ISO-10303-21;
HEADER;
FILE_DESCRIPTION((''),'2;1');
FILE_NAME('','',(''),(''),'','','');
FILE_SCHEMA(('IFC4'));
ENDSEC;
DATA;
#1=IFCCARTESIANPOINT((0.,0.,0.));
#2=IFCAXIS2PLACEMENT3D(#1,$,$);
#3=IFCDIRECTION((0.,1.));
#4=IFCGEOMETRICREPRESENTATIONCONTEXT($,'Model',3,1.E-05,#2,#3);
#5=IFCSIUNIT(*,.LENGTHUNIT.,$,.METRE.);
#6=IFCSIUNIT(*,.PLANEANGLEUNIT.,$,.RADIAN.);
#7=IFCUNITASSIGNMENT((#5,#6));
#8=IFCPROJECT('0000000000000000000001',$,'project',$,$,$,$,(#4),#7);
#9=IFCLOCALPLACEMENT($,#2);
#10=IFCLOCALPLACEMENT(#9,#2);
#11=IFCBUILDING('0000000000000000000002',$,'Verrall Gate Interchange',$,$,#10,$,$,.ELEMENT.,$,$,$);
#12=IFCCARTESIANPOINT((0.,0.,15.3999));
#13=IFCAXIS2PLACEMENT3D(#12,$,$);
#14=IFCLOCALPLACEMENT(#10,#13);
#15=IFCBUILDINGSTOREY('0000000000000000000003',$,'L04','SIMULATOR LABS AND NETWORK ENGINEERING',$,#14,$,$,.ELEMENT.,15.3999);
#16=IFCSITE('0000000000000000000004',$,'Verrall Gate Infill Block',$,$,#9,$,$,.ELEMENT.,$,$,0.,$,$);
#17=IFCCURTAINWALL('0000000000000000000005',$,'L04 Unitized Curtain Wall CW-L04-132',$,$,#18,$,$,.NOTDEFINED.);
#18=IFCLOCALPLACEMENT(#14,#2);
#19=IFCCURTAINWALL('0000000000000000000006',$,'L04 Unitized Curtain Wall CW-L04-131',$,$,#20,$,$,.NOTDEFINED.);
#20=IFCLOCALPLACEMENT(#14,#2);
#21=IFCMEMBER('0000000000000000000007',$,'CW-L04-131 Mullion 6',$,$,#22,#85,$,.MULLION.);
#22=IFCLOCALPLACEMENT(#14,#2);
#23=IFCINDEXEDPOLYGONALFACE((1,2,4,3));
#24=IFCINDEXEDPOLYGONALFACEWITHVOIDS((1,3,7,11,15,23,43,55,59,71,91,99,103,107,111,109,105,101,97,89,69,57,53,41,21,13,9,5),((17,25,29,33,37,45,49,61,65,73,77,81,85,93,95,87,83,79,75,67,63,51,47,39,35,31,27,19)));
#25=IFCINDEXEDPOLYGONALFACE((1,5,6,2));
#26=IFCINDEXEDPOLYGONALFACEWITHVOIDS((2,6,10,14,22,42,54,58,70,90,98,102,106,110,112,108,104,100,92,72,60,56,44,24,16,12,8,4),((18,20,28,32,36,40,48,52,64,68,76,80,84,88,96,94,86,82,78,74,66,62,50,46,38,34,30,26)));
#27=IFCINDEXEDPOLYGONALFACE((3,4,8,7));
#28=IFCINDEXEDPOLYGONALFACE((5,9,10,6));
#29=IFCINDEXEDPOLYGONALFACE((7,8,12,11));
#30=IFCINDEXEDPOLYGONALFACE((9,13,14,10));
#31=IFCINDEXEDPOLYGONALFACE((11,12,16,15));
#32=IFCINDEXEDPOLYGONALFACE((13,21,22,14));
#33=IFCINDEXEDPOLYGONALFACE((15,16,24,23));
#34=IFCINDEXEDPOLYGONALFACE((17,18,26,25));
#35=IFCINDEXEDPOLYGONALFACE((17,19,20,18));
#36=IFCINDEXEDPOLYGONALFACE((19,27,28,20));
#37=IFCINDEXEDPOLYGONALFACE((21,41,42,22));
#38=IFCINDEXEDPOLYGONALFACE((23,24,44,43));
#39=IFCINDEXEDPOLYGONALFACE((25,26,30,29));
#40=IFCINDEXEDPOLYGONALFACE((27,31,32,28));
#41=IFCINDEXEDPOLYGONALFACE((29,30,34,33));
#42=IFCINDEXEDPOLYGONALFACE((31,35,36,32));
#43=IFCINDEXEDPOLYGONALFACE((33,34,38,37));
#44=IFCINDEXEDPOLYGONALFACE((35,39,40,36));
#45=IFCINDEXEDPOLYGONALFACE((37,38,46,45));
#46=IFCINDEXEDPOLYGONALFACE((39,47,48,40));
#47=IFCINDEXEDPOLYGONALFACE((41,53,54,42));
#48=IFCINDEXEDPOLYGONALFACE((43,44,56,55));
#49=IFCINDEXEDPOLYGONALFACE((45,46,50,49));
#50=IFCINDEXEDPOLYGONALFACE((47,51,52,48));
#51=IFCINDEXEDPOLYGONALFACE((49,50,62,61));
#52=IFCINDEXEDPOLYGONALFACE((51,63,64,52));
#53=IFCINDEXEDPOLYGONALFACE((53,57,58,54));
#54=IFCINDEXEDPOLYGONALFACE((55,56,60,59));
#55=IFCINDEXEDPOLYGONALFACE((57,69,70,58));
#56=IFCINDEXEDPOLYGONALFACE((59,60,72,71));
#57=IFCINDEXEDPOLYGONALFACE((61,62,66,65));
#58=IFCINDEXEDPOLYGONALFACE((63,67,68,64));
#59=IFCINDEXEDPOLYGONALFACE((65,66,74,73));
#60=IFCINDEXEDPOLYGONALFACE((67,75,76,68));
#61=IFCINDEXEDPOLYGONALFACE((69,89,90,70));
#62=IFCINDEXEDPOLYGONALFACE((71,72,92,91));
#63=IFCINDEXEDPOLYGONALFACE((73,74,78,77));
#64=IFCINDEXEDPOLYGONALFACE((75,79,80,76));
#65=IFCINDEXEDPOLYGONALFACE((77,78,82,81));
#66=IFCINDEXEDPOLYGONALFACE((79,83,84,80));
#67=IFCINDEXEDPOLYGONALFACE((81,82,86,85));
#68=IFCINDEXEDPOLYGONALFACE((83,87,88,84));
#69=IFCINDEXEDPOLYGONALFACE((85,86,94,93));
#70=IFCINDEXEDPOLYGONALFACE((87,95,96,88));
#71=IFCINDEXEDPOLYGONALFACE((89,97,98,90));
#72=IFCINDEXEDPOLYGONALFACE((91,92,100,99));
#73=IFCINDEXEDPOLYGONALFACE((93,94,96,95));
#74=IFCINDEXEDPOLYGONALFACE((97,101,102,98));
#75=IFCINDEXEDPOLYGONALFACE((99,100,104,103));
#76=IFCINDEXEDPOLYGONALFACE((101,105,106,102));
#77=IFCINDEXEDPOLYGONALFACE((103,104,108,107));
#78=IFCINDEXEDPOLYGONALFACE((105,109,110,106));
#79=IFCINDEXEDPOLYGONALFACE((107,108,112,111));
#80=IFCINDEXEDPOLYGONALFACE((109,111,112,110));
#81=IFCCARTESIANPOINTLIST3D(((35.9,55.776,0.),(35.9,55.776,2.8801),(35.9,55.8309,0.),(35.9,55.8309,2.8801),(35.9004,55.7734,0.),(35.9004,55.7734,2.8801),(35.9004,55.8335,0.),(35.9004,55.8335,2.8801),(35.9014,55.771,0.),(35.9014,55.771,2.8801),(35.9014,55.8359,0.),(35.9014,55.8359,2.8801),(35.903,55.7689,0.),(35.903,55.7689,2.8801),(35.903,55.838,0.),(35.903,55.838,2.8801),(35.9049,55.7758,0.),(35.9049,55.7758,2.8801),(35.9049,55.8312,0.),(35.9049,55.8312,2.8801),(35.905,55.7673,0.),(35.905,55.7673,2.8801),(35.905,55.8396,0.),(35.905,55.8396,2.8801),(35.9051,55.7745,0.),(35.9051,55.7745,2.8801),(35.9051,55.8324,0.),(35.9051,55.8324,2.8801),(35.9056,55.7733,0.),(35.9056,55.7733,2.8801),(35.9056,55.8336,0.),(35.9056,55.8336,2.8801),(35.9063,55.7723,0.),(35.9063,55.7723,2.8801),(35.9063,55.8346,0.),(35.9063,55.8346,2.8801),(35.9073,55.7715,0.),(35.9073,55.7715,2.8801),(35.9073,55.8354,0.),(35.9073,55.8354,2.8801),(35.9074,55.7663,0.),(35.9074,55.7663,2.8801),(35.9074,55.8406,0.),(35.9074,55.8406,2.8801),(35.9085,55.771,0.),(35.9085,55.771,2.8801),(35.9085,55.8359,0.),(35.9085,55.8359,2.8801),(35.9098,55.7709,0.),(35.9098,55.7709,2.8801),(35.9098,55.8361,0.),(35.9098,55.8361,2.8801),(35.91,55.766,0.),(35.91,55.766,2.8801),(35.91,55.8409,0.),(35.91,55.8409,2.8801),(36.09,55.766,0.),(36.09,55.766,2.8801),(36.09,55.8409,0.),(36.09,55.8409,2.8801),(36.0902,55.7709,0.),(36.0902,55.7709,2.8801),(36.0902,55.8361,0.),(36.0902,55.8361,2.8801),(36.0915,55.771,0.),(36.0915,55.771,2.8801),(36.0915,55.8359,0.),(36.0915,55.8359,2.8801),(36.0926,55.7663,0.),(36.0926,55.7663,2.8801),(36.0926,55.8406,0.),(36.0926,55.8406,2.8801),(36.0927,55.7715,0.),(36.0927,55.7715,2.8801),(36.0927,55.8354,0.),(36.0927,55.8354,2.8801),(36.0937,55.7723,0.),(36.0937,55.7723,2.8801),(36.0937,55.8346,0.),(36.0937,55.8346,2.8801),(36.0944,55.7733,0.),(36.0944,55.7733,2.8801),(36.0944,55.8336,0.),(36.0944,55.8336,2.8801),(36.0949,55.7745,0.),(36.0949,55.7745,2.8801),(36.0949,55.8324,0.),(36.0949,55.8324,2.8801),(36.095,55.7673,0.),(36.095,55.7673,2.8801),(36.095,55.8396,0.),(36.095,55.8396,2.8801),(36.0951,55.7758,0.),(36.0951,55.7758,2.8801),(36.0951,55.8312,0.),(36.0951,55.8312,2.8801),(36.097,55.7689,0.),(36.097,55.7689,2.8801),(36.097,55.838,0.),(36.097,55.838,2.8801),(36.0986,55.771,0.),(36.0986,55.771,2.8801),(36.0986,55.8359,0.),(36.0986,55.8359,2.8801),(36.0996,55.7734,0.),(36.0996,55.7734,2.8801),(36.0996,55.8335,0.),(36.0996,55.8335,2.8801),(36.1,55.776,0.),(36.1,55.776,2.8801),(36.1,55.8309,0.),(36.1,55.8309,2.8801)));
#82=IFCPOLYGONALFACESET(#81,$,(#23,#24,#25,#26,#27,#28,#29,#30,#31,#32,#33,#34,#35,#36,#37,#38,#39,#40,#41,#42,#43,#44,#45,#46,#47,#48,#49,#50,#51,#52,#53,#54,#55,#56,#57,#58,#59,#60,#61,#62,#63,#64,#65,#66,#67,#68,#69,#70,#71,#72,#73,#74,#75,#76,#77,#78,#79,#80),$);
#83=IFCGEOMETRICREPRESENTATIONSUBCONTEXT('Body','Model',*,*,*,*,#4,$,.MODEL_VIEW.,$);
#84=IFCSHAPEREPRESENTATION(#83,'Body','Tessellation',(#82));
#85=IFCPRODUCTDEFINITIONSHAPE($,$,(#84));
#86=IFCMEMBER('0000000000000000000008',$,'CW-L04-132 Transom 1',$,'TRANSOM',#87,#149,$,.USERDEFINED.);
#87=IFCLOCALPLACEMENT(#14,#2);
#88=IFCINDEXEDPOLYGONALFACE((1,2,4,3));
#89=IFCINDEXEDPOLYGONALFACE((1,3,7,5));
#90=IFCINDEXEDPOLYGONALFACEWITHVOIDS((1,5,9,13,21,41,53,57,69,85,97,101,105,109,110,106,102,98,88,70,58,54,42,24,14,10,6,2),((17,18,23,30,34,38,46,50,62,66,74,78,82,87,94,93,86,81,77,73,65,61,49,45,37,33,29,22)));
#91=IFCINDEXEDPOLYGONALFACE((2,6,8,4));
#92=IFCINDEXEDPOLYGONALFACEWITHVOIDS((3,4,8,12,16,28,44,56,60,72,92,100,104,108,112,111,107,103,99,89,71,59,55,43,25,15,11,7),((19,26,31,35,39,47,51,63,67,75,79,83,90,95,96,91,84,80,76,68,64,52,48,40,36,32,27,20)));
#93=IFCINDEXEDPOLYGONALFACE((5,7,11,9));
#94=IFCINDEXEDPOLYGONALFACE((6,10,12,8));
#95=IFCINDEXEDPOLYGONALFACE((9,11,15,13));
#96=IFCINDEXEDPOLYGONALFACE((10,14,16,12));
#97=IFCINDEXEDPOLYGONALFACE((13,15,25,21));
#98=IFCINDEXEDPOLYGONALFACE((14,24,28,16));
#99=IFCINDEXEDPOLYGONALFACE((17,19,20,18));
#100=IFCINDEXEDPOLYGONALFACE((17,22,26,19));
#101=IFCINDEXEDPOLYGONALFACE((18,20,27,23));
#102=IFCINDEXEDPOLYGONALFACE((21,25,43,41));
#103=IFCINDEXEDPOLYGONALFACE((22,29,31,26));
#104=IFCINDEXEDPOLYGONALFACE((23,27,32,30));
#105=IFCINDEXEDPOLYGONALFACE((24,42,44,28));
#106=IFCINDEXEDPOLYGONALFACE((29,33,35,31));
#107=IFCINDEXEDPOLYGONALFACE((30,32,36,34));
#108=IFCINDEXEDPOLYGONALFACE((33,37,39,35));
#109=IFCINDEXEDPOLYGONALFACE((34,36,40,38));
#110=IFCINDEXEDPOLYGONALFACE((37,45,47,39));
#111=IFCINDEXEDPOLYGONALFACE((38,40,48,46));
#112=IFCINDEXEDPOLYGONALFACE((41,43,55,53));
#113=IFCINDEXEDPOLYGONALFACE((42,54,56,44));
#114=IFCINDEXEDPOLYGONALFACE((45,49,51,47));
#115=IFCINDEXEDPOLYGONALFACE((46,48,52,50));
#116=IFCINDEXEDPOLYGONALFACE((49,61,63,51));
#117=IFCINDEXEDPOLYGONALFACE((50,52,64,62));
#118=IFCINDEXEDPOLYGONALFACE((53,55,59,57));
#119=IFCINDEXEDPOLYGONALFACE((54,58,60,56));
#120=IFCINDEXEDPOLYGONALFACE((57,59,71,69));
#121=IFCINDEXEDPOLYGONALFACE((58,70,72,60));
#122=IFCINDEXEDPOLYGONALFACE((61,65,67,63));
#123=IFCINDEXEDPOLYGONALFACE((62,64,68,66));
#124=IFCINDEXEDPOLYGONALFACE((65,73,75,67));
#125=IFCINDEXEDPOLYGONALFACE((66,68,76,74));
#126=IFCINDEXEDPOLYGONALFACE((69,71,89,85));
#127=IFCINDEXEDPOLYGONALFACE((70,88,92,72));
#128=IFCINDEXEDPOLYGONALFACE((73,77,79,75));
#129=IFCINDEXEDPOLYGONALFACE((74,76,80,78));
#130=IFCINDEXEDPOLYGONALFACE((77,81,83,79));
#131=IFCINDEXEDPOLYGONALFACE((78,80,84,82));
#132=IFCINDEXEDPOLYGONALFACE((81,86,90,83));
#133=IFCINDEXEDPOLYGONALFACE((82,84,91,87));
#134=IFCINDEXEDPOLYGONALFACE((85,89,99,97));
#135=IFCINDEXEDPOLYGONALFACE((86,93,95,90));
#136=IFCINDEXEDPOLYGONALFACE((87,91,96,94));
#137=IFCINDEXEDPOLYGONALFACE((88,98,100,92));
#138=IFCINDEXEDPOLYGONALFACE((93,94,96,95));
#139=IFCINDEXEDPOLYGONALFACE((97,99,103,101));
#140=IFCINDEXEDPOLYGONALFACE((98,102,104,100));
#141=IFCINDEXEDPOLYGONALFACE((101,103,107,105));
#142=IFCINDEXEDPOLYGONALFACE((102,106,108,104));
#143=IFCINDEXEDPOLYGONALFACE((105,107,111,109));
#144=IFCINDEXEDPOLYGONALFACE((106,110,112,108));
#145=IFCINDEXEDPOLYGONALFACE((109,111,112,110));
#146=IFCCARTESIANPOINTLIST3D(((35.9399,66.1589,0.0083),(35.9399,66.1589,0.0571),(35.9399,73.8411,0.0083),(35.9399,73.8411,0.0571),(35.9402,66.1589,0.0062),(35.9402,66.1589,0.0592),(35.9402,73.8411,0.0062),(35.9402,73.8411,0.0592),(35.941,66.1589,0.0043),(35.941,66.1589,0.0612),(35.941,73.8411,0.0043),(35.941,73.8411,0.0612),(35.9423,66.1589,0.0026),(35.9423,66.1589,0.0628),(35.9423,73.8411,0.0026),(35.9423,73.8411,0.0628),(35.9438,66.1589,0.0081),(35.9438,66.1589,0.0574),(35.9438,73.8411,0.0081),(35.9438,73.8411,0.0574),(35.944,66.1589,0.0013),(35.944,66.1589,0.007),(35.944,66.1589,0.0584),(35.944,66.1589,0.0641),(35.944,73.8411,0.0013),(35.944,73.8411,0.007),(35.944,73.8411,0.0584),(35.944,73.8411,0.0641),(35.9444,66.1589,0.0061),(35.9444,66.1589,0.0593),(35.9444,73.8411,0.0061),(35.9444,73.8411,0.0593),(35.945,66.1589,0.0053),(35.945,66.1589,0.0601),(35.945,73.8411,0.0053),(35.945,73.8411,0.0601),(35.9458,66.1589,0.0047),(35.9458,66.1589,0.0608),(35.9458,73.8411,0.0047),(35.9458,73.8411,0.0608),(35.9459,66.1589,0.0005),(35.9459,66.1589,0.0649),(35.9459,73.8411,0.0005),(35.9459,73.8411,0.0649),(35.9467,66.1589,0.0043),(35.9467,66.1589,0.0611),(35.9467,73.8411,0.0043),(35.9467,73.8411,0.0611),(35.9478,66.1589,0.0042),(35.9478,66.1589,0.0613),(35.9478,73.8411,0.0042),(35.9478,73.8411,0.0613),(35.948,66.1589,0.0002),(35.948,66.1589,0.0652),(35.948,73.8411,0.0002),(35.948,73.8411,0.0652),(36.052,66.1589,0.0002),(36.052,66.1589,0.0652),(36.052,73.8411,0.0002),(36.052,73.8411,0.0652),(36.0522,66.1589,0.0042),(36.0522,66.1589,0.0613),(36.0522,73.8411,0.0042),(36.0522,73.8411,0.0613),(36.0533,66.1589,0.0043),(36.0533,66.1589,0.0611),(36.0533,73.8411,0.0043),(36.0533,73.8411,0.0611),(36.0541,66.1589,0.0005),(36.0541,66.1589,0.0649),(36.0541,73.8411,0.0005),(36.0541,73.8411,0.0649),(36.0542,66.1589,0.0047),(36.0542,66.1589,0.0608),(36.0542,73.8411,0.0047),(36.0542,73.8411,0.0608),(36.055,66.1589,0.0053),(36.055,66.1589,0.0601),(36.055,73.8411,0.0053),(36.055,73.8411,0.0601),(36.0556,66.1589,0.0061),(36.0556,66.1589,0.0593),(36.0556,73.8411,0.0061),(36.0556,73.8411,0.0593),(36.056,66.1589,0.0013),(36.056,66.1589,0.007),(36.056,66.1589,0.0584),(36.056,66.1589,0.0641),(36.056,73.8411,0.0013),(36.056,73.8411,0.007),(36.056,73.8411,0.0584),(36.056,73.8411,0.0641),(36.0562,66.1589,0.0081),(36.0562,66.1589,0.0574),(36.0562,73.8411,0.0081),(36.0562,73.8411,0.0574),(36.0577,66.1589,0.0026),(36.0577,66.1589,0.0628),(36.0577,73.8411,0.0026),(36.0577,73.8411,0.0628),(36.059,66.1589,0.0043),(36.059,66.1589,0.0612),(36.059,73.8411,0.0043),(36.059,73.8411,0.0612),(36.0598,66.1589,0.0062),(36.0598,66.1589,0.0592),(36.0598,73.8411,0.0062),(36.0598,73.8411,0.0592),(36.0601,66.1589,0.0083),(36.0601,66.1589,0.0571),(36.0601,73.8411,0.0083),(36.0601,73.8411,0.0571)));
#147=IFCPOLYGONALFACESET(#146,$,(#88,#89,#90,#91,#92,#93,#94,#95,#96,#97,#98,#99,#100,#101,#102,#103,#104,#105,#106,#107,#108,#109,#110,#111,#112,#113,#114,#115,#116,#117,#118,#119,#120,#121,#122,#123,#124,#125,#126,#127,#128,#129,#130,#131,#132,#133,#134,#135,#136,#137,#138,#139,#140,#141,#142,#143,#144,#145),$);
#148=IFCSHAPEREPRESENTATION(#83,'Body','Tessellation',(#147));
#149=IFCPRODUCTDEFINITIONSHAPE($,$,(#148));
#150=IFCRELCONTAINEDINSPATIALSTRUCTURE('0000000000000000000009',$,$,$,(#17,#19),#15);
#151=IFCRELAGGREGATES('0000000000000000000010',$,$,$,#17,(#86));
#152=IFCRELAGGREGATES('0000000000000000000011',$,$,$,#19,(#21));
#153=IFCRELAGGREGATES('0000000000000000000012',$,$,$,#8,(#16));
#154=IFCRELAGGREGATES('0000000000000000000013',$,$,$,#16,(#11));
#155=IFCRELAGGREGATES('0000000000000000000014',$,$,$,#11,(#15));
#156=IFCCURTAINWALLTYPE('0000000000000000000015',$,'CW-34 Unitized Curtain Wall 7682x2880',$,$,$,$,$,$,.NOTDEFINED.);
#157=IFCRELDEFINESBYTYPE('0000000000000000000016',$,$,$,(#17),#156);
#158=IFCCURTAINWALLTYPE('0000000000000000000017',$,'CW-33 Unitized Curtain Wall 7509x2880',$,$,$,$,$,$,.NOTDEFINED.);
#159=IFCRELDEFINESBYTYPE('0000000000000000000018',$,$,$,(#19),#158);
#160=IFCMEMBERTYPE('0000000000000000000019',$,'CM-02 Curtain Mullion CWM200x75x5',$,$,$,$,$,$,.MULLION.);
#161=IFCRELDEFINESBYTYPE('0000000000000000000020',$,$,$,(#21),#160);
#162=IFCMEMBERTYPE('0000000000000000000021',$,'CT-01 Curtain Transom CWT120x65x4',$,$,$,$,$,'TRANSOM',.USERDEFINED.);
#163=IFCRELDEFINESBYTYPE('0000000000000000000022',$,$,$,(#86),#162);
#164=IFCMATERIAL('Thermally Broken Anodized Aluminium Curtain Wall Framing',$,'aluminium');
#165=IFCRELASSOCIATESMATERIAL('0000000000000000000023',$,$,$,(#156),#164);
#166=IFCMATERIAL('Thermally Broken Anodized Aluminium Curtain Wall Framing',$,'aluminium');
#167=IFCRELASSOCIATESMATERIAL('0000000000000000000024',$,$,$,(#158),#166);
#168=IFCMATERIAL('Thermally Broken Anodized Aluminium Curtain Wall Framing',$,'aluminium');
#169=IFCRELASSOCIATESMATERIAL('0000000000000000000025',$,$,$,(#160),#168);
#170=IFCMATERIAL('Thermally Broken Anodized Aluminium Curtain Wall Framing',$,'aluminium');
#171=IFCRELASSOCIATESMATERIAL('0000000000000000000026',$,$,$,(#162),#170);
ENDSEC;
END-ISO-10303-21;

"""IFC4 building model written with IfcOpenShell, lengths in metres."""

from ifc_helpers import new_model, si_unit, direction, frame, origin, origin_2d, place, context, subcontext, project, spatial, hollow_rectangle, extrude, material, material_profile, profile_set, type_object, element, aggregate, save


model = new_model("IFC4")

# Units and contexts
model_context = context("Model", 3, precision=1e-05, world=origin(), true_north=direction((0.0, 1.0)))
body_context = subcontext(model_context, "Body", "Model", "MODEL_VIEW")
ifc_project = project(units=[si_unit("LENGTHUNIT", "METRE"), si_unit("PLANEANGLEUNIT", "RADIAN")], contexts=[model_context])

# Site, building, storey
site_placement = place(None, origin())
site = spatial("IfcSite", under=ifc_project, at=site_placement, Name="Verrall Gate Infill Block", CompositionType="ELEMENT", RefElevation=0.0)
building_placement = place(site_placement, origin())
building = spatial("IfcBuilding", under=site, at=building_placement, Name="Verrall Gate Interchange", CompositionType="ELEMENT")
storey_placement = place(building_placement, frame((0.0, 0.0, 15.3999)))
storey = spatial("IfcBuildingStorey", under=building, at=storey_placement, Name="L04", Description="SIMULATOR LABS AND NETWORK ENGINEERING", CompositionType="ELEMENT", Elevation=15.3999)

# Curtain wall
ifc_material_1 = material(Name="Thermally Broken Anodized Aluminium Curtain Wall Framing", Category="aluminium")
curtain_wall_type_1 = type_object("IfcCurtainWallType", Name="CW-34 Unitized Curtain Wall 7682x2880", PredefinedType="NOTDEFINED", material=ifc_material_1)
curtain_wall_1_placement = place(storey_placement, origin())
curtain_wall_1 = element("IfcCurtainWall", 1, at=curtain_wall_1_placement, inside=storey, type_object=curtain_wall_type_1, Name="L04 Unitized Curtain Wall CW-L04-132", PredefinedType="NOTDEFINED")

# Curtain wall, member
ifc_material_2 = material(Name="Thermally Broken Anodized Aluminium Curtain Wall Framing", Category="aluminium")
curtain_wall_type_2 = type_object("IfcCurtainWallType", Name="CW-33 Unitized Curtain Wall 7509x2880", PredefinedType="NOTDEFINED", material=ifc_material_2)
curtain_wall_2_placement = place(storey_placement, origin())
curtain_wall_2 = element("IfcCurtainWall", 2, at=curtain_wall_2_placement, inside=storey, type_object=curtain_wall_type_2, Name="L04 Unitized Curtain Wall CW-L04-131", PredefinedType="NOTDEFINED")
ifc_material_3 = material(Name="Thermally Broken Anodized Aluminium Curtain Wall Framing", Category="aluminium")
ifc_material_profile_1 = material_profile(ifc_material_3, hollow_rectangle(XDim=0.075, YDim=0.2, WallThickness=0.0049, InnerFilletRadius=0.0049, OuterFilletRadius=0.01, at=origin_2d()), Name="CWM200x75x5")
ifc_profile_set_1 = profile_set([ifc_material_profile_1], Name="Thermally Broken Anodized Aluminium Curtain Wall Framing")
member_type_1 = type_object("IfcMemberType", Name="CM-02 Curtain Mullion CWM200x75x5", PredefinedType="MULLION", material=ifc_profile_set_1)
member_1_placement = place(storey_placement, frame((36.0, 55.8035, 0.0), z_axis=(0.0, 0.0, 1.0), x_axis=(0.0, 1.0, 0.0)))
member_1 = element("IfcMember", 3, at=member_1_placement, type_object=member_type_1, Name="CW-L04-131 Mullion 6", PredefinedType="MULLION", context=body_context, shape_type="SweptSolid", body=[
    extrude(hollow_rectangle(XDim=0.075, YDim=0.2, WallThickness=0.0049, InnerFilletRadius=0.0049, OuterFilletRadius=0.01, at=origin_2d()), origin(), (0.0, 0.0, 1.0), 2.8801),
])

# Member
ifc_material_4 = material(Name="Thermally Broken Anodized Aluminium Curtain Wall Framing", Category="aluminium")
ifc_material_profile_2 = material_profile(ifc_material_4, hollow_rectangle(XDim=0.1201, YDim=0.0649, WallThickness=0.0039, InnerFilletRadius=0.0039, OuterFilletRadius=0.0081, at=origin_2d()), Name="CWT120x65x4")
ifc_profile_set_2 = profile_set([ifc_material_profile_2], Name="Thermally Broken Anodized Aluminium Curtain Wall Framing")
member_type_2 = type_object("IfcMemberType", Name="CT-01 Curtain Transom CWT120x65x4", ElementType="TRANSOM", PredefinedType="USERDEFINED", material=ifc_profile_set_2)
member_2_placement = place(storey_placement, frame((36.0, 66.1589, 0.0327), z_axis=(0.0, 1.0, 0.0), x_axis=(-1.0, 0.0, 0.0)))
member_2 = element("IfcMember", 4, at=member_2_placement, type_object=member_type_2, Name="CW-L04-132 Transom 1", ObjectType="TRANSOM", PredefinedType="USERDEFINED", context=body_context, shape_type="SweptSolid", body=[
    extrude(hollow_rectangle(XDim=0.1201, YDim=0.0649, WallThickness=0.0039, InnerFilletRadius=0.0039, OuterFilletRadius=0.0081, at=origin_2d()), origin(), (0.0, 0.0, 1.0), 7.6821),
])

aggregate(curtain_wall_1, [member_2])
aggregate(curtain_wall_2, [member_1])

save(model, "model.ifc")
